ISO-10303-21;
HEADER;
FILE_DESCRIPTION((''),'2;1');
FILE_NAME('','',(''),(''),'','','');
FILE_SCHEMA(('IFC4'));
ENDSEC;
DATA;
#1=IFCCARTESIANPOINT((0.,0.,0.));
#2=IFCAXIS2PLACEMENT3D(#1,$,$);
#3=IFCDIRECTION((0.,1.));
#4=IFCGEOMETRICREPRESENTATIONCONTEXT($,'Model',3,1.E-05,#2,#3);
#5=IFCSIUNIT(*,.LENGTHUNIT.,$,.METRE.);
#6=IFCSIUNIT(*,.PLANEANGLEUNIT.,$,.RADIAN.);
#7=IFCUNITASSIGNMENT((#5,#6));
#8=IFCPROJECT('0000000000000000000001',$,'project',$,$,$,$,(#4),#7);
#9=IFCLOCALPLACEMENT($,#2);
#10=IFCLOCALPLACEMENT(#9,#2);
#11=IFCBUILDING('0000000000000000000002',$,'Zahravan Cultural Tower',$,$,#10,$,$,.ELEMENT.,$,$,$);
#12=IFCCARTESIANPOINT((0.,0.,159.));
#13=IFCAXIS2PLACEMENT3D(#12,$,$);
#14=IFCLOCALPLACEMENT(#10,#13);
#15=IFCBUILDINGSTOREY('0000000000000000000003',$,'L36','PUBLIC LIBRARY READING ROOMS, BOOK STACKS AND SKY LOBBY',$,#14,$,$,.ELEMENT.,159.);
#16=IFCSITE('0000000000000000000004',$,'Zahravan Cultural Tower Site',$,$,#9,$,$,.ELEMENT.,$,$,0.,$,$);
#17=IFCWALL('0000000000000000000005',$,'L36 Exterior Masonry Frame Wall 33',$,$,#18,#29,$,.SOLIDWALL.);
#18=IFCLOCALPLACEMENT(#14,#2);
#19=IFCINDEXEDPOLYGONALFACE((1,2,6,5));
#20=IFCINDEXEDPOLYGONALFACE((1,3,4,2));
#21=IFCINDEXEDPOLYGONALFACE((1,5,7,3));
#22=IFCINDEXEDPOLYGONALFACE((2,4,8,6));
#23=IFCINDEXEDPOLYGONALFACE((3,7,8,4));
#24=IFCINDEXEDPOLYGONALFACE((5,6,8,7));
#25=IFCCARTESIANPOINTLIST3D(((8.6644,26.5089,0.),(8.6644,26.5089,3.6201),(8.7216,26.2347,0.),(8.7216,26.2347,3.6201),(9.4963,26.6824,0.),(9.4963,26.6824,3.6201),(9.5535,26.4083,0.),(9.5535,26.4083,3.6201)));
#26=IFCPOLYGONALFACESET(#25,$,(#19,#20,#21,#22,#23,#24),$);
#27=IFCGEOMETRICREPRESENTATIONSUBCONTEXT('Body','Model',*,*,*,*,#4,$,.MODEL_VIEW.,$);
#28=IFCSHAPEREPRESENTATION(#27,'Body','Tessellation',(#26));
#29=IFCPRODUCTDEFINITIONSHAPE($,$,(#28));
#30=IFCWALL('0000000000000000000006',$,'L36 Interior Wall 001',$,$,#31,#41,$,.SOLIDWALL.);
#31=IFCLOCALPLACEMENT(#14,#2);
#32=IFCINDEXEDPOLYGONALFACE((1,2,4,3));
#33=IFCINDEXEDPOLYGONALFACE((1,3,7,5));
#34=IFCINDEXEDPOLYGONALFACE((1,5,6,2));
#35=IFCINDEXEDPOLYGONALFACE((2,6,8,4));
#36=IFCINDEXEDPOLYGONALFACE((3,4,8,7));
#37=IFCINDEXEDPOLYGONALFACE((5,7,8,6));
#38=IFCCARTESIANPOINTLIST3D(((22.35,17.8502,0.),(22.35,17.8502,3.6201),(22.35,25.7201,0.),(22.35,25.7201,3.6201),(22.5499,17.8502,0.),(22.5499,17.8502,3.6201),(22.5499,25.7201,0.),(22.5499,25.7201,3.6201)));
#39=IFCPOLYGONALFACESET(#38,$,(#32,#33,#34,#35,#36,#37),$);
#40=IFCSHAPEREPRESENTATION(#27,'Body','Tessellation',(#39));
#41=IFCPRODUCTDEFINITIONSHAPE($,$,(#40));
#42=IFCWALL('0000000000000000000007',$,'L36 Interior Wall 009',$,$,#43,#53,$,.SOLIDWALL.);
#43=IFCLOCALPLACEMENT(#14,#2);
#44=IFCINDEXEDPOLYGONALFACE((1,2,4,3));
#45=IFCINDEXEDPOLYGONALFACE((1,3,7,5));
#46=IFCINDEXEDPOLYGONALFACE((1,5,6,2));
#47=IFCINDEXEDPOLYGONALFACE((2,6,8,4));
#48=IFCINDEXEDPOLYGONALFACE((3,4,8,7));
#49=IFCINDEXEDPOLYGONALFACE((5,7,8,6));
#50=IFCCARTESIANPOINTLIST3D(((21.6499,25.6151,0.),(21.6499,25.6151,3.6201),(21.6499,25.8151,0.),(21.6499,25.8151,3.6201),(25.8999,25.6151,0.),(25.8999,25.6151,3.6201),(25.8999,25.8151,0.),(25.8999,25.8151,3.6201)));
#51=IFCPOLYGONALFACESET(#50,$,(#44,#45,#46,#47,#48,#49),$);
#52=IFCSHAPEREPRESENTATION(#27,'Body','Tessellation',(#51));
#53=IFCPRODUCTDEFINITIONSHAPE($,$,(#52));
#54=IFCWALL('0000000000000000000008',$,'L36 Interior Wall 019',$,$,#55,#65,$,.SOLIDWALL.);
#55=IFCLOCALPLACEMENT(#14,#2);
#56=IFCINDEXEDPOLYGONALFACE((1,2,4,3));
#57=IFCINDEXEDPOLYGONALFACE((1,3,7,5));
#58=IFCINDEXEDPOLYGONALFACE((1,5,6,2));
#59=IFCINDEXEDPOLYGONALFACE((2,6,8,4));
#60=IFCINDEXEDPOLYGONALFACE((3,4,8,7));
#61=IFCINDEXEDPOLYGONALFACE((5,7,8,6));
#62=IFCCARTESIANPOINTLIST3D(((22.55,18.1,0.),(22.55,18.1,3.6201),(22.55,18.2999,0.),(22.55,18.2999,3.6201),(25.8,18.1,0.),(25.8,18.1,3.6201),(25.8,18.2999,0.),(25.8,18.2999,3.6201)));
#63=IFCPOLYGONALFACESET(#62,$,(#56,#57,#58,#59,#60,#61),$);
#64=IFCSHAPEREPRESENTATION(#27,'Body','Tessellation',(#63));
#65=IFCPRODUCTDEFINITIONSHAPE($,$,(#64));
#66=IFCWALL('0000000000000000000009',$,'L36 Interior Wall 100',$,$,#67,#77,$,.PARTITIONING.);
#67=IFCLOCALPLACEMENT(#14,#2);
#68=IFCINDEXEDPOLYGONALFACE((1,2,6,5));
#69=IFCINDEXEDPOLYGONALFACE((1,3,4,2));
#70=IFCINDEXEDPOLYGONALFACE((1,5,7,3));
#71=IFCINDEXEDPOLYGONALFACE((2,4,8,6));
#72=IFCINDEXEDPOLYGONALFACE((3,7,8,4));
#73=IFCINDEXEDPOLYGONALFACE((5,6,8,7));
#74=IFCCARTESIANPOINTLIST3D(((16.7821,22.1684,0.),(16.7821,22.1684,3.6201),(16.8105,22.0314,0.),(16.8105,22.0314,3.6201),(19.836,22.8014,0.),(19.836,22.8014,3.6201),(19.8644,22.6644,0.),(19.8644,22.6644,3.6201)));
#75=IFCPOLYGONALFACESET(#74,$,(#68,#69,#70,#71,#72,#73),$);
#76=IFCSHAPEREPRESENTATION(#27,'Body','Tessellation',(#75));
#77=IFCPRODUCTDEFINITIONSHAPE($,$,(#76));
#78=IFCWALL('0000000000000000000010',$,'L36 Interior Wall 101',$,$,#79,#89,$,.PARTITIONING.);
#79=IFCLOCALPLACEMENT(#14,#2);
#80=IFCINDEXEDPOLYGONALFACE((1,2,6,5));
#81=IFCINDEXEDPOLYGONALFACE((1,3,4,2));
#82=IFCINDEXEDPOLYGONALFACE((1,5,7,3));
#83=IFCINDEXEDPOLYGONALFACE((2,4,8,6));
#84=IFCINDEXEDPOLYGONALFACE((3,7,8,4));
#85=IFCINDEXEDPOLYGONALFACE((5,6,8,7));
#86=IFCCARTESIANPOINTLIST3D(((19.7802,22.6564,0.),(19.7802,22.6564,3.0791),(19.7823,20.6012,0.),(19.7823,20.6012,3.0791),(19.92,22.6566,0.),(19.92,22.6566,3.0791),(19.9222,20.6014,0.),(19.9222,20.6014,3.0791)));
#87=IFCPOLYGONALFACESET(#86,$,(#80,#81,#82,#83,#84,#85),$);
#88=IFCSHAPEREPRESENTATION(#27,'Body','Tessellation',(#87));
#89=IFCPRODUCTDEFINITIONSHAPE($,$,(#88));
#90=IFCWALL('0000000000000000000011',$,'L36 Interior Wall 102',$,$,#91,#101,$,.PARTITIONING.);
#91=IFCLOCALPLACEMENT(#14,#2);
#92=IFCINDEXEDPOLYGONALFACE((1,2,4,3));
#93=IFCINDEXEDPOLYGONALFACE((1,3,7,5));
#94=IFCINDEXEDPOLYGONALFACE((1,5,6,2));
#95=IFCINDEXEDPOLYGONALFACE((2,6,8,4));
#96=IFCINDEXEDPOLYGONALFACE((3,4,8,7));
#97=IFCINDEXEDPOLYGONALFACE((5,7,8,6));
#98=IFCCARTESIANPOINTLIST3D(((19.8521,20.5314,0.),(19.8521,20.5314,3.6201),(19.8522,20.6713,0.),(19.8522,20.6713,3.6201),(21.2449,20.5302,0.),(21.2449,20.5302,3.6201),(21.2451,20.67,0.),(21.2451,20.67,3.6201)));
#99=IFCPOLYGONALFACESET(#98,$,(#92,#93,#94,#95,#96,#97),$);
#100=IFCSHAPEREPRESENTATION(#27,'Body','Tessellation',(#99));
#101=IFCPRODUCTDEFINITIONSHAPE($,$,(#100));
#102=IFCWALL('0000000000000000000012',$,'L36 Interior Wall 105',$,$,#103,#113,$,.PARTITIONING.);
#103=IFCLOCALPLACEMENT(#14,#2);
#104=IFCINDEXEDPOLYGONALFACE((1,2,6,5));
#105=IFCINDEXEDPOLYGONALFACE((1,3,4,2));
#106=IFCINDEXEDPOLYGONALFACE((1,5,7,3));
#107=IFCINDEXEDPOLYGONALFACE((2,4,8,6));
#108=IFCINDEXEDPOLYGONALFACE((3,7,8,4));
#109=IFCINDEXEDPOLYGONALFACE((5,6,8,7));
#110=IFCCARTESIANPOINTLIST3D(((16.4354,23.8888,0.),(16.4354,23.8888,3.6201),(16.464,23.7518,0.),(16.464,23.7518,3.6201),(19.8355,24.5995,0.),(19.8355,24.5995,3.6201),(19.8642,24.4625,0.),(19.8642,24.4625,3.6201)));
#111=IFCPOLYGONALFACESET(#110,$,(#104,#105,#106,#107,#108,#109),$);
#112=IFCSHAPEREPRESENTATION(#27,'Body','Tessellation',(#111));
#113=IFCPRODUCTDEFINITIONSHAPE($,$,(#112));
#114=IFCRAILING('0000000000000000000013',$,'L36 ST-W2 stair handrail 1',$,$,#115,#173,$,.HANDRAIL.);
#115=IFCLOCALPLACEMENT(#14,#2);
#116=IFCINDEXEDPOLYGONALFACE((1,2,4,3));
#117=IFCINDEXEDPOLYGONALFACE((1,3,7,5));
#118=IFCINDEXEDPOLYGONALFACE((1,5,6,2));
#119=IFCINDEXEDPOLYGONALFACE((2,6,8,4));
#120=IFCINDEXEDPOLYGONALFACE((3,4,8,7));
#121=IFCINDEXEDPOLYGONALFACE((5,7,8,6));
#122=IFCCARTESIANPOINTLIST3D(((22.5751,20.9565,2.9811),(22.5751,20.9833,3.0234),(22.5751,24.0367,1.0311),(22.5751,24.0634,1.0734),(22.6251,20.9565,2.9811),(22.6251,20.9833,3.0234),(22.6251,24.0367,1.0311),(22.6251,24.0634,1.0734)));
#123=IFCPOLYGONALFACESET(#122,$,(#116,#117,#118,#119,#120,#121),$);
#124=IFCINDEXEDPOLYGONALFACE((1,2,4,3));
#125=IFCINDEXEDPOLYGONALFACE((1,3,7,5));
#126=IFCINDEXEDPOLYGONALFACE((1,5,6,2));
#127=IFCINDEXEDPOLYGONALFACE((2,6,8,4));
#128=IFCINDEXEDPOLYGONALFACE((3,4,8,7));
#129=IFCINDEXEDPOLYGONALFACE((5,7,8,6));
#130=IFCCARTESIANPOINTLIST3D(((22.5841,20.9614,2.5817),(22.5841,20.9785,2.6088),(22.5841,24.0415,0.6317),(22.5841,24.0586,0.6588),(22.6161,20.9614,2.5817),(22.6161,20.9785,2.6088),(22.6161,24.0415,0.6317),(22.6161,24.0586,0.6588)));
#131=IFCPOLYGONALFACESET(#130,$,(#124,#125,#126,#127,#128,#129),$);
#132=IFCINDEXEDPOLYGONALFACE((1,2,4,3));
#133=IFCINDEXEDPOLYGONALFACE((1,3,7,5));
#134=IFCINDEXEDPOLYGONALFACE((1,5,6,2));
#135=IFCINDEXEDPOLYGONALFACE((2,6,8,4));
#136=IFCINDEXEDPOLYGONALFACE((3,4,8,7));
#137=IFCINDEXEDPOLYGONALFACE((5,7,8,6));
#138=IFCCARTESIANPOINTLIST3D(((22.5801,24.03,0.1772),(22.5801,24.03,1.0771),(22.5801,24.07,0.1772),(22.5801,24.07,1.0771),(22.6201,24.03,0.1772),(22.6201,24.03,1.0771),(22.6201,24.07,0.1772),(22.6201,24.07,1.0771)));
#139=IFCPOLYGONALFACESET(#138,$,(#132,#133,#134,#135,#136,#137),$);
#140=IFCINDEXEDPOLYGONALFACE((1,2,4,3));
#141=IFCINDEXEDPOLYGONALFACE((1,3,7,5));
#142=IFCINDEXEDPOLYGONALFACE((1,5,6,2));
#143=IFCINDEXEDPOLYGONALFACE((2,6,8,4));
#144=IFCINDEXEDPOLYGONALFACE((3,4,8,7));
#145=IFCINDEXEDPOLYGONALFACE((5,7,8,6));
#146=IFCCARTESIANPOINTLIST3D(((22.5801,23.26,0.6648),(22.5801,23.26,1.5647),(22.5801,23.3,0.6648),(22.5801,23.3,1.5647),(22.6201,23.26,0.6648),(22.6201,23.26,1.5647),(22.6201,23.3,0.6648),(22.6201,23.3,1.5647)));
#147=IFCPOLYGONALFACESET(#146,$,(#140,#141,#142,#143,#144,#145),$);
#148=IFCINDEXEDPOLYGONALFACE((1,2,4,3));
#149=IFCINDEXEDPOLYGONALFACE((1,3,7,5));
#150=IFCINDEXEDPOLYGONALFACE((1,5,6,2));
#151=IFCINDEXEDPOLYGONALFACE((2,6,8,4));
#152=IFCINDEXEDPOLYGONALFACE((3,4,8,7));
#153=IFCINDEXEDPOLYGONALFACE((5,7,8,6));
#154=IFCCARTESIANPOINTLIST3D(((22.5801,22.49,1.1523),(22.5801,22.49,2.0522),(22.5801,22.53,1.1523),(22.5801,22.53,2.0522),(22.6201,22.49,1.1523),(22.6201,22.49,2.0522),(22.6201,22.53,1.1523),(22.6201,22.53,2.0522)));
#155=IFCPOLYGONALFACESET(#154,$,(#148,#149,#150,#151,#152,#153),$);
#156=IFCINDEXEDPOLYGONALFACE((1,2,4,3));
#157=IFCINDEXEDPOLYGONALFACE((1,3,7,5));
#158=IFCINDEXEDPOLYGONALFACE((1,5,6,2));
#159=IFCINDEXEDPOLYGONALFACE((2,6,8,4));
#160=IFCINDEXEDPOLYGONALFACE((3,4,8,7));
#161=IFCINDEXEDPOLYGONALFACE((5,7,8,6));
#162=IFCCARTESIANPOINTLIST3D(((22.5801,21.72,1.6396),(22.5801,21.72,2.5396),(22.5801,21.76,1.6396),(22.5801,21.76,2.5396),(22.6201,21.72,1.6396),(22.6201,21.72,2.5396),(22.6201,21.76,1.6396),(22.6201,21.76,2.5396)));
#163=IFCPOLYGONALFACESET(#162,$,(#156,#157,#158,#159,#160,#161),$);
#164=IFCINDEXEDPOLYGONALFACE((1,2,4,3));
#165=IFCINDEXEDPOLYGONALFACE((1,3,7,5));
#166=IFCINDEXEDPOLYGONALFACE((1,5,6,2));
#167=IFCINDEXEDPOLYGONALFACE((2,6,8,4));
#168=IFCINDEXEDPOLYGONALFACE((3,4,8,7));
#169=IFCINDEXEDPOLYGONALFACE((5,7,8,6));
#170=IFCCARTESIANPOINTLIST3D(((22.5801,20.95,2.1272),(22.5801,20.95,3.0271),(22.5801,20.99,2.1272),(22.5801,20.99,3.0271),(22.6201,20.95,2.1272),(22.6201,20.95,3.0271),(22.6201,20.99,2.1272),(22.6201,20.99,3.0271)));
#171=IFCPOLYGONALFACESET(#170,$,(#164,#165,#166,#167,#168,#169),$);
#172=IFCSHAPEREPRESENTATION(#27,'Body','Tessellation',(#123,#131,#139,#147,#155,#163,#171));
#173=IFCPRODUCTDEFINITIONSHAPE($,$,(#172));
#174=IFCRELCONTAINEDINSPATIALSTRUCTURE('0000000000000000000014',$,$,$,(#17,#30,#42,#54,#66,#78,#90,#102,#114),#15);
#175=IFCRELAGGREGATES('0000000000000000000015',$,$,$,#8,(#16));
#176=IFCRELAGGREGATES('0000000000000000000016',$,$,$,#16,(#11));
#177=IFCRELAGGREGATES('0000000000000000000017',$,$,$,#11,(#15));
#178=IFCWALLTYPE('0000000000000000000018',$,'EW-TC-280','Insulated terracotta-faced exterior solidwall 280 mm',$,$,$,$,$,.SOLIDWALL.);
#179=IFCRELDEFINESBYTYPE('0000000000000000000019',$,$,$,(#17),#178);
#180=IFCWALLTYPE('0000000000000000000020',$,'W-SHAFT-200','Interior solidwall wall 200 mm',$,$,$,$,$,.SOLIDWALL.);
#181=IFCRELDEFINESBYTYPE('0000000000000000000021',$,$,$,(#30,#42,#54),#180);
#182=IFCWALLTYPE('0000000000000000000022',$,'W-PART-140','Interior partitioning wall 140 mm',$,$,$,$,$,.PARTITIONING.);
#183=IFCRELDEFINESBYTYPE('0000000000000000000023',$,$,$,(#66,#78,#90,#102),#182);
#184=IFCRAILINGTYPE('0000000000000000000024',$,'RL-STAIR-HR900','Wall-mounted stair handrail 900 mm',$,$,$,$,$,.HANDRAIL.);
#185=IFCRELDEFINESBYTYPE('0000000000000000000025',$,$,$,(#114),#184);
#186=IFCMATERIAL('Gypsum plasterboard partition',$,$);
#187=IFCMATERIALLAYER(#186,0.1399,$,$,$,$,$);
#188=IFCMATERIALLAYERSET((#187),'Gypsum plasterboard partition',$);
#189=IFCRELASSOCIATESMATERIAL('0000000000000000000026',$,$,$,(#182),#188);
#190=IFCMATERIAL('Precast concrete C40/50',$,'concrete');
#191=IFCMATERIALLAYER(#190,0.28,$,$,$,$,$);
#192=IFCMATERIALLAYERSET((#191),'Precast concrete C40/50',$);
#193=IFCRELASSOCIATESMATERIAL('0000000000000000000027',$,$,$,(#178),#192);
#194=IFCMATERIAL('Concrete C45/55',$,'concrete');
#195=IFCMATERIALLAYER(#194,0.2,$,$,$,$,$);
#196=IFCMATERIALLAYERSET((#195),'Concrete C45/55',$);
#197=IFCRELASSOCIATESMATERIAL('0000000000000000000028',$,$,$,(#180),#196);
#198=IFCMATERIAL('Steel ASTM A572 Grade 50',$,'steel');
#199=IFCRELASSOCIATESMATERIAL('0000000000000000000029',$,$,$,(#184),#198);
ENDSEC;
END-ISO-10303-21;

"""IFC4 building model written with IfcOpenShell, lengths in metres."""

from ifc_helpers import new_model, si_unit, direction, frame, frame_2d, origin, origin_2d, place, context, subcontext, project, spatial, rectangle, extrude, source, transform, mapped, material, layer, layer_set, type_object, element, save


model = new_model("IFC4")

# Units and contexts
model_context = context("Model", 3, precision=1e-05, world=origin(), true_north=direction((0.0, 1.0)))
body_context = subcontext(model_context, "Body", "Model", "MODEL_VIEW")
ifc_project = project(units=[si_unit("LENGTHUNIT", "METRE"), si_unit("PLANEANGLEUNIT", "RADIAN")], contexts=[model_context])

# Site, building, storey
site_placement = place(None, origin())
site = spatial("IfcSite", under=ifc_project, at=site_placement, Name="Zahravan Cultural Tower Site", CompositionType="ELEMENT", RefElevation=0.0)
building_placement = place(site_placement, origin())
building = spatial("IfcBuilding", under=site, at=building_placement, Name="Zahravan Cultural Tower", CompositionType="ELEMENT")
storey_placement = place(building_placement, frame((0.0, 0.0, 159.0)))
storey = spatial("IfcBuildingStorey", under=building, at=storey_placement, Name="L36", Description="PUBLIC LIBRARY READING ROOMS, BOOK STACKS AND SKY LOBBY", CompositionType="ELEMENT", Elevation=159.0)

# Shared definitions
ifc_material_1 = material(Name="Gypsum plasterboard partition")
ifc_layer_1 = layer(ifc_material_1, 0.1399)
ifc_layer_set_1 = layer_set([ifc_layer_1], Name="Gypsum plasterboard partition")
wall_type_1 = type_object("IfcWallType", Name="W-PART-140", Description="Interior partitioning wall 140 mm", PredefinedType="PARTITIONING", material=ifc_layer_set_1)

# Walls
ifc_material_2 = material(Name="Precast concrete C40/50", Category="concrete")
ifc_layer_2 = layer(ifc_material_2, 0.28)
ifc_layer_set_2 = layer_set([ifc_layer_2], Name="Precast concrete C40/50")
wall_type_2 = type_object("IfcWallType", Name="EW-TC-280", Description="Insulated terracotta-faced exterior solidwall 280 mm", PredefinedType="SOLIDWALL", material=ifc_layer_set_2)
shared_shape_1 = source(origin(), body_context, "Body", "SweptSolid", [
    extrude(rectangle(XDim=0.8499, YDim=0.28, at=frame_2d((0.4248, 0.0))), origin(), (0.0, 0.0, 1.0), 3.6201),
])
wall_1_placement = place(storey_placement, frame((8.6931, 26.3718, 0.0), z_axis=(0.0, 0.0, 1.0), x_axis=(0.978923, 0.20423, 0.0)))
element("IfcWall", 1, at=wall_1_placement, inside=storey, type_object=wall_type_2, Name="L36 Exterior Masonry Frame Wall 33", PredefinedType="SOLIDWALL", context=body_context, shape_type="MappedRepresentation", body=[
    mapped(shared_shape_1, transform((0.0, 0.0, 0.0), x_axis=(1.0, 0.0, 0.0), y_axis=(0.0, 1.0, 0.0), z_axis=(0.0, 0.0, 1.0), scale=1.0)),
])
ifc_material_3 = material(Name="Concrete C45/55", Category="concrete")
ifc_layer_3 = layer(ifc_material_3, 0.2)
ifc_layer_set_3 = layer_set([ifc_layer_3], Name="Concrete C45/55")
wall_type_3 = type_object("IfcWallType", Name="W-SHAFT-200", Description="Interior solidwall wall 200 mm", PredefinedType="SOLIDWALL", material=ifc_layer_set_3)
shared_shape_2 = source(origin(), body_context, "Body", "SweptSolid", [
    extrude(rectangle(XDim=7.8699, YDim=0.2, at=frame_2d((3.9351, 0.0))), origin(), (0.0, 0.0, 1.0), 3.6201),
])
wall_2_placement = place(storey_placement, frame((22.45, 17.8501, 0.0), z_axis=(0.0, 0.0, 1.0), x_axis=(0.0, 1.0, 0.0)))
element("IfcWall", 2, at=wall_2_placement, inside=storey, type_object=wall_type_3, Name="L36 Interior Wall 001", PredefinedType="SOLIDWALL", context=body_context, shape_type="MappedRepresentation", body=[
    mapped(shared_shape_2, transform((0.0, 0.0, 0.0), x_axis=(1.0, 0.0, 0.0), y_axis=(0.0, 1.0, 0.0), z_axis=(0.0, 0.0, 1.0), scale=1.0)),
])
shared_shape_3 = source(origin(), body_context, "Body", "SweptSolid", [
    extrude(rectangle(XDim=4.25, YDim=0.2, at=frame_2d((2.125, 0.0))), origin(), (0.0, 0.0, 1.0), 3.6201),
])
wall_3_placement = place(storey_placement, frame((21.6499, 25.7151, 0.0), z_axis=(0.0, 0.0, 1.0), x_axis=(1.0, 0.0, 0.0)))
element("IfcWall", 3, at=wall_3_placement, inside=storey, type_object=wall_type_3, Name="L36 Interior Wall 009", PredefinedType="SOLIDWALL", context=body_context, shape_type="MappedRepresentation", body=[
    mapped(shared_shape_3, transform((0.0, 0.0, 0.0), x_axis=(1.0, 0.0, 0.0), y_axis=(0.0, 1.0, 0.0), z_axis=(0.0, 0.0, 1.0), scale=1.0)),
])
shared_shape_4 = source(origin(), body_context, "Body", "SweptSolid", [
    extrude(rectangle(XDim=3.25, YDim=0.2, at=frame_2d((1.625, 0.0))), origin(), (0.0, 0.0, 1.0), 3.6201),
])
wall_4_placement = place(storey_placement, frame((22.55, 18.2, 0.0), z_axis=(0.0, 0.0, 1.0), x_axis=(1.0, 0.0, 0.0)))
element("IfcWall", 4, at=wall_4_placement, inside=storey, type_object=wall_type_3, Name="L36 Interior Wall 019", PredefinedType="SOLIDWALL", context=body_context, shape_type="MappedRepresentation", body=[
    mapped(shared_shape_4, transform((0.0, 0.0, 0.0), x_axis=(1.0, 0.0, 0.0), y_axis=(0.0, 1.0, 0.0), z_axis=(0.0, 0.0, 1.0), scale=1.0)),
])
shared_shape_5 = source(origin(), body_context, "Body", "SweptSolid", [
    extrude(rectangle(XDim=3.1189, YDim=0.1399, at=frame_2d((1.5596, 0.0))), origin(), (0.0, 0.0, 1.0), 3.6201),
])
wall_5_placement = place(storey_placement, frame((16.7961, 22.0999, 0.0), z_axis=(0.0, 0.0, 1.0), x_axis=(0.979184, 0.202976, 0.0)))
element("IfcWall", 5, at=wall_5_placement, inside=storey, type_object=wall_type_1, Name="L36 Interior Wall 100", PredefinedType="PARTITIONING", context=body_context, shape_type="MappedRepresentation", body=[
    mapped(shared_shape_5, transform((0.0, 0.0, 0.0), x_axis=(1.0, 0.0, 0.0), y_axis=(0.0, 1.0, 0.0), z_axis=(0.0, 0.0, 1.0), scale=1.0)),
])
shared_shape_6 = source(origin(), body_context, "Body", "SweptSolid", [
    extrude(rectangle(XDim=2.0552, YDim=0.1399, at=frame_2d((1.0276, 0.0))), origin(), (0.0, 0.0, 1.0), 3.0791),
])
wall_6_placement = place(storey_placement, frame((19.8501, 22.6565, 0.0), z_axis=(0.0, 0.0, 1.0), x_axis=(0.001069, -0.999999, 0.0)))
element("IfcWall", 6, at=wall_6_placement, inside=storey, type_object=wall_type_1, Name="L36 Interior Wall 101", PredefinedType="PARTITIONING", context=body_context, shape_type="MappedRepresentation", body=[
    mapped(shared_shape_6, transform((0.0, 0.0, 0.0), x_axis=(1.0, 0.0, 0.0), y_axis=(0.0, 1.0, 0.0), z_axis=(0.0, 0.0, 1.0), scale=1.0)),
])
shared_shape_7 = source(origin(), body_context, "Body", "SweptSolid", [
    extrude(rectangle(XDim=1.3928, YDim=0.1399, at=frame_2d((0.6963, 0.0))), origin(), (0.0, 0.0, 1.0), 3.6201),
])
wall_7_placement = place(storey_placement, frame((19.8523, 20.6013, 0.0), z_axis=(0.0, 0.0, 1.0), x_axis=(1.0, -0.000876, 0.0)))
element("IfcWall", 7, at=wall_7_placement, inside=storey, type_object=wall_type_1, Name="L36 Interior Wall 102", PredefinedType="PARTITIONING", context=body_context, shape_type="MappedRepresentation", body=[
    mapped(shared_shape_7, transform((0.0, 0.0, 0.0), x_axis=(1.0, 0.0, 0.0), y_axis=(0.0, 1.0, 0.0), z_axis=(0.0, 0.0, 1.0), scale=1.0)),
])
shared_shape_8 = source(origin(), body_context, "Body", "SweptSolid", [
    extrude(rectangle(XDim=3.4736, YDim=0.1399, at=frame_2d((1.7368, 0.0))), origin(), (0.0, 0.0, 1.0), 3.6201),
])
wall_8_placement = place(storey_placement, frame((19.8499, 24.531, 0.0), z_axis=(0.0, 0.0, 1.0), x_axis=(-0.978846, -0.204597, 0.0)))
element("IfcWall", 8, at=wall_8_placement, inside=storey, type_object=wall_type_1, Name="L36 Interior Wall 105", PredefinedType="PARTITIONING", context=body_context, shape_type="MappedRepresentation", body=[
    mapped(shared_shape_8, transform((0.0, 0.0, 0.0), x_axis=(1.0, 0.0, 0.0), y_axis=(0.0, 1.0, 0.0), z_axis=(0.0, 0.0, 1.0), scale=1.0)),
])

# Railing
ifc_material_4 = material(Name="Steel ASTM A572 Grade 50", Category="steel")
railing_type = type_object("IfcRailingType", Name="RL-STAIR-HR900", Description="Wall-mounted stair handrail 900 mm", PredefinedType="HANDRAIL", material=ifc_material_4)
railing_placement = place(storey_placement, frame((22.6001, 24.05, 0.1772)))
element("IfcRailing", 9, at=railing_placement, inside=storey, type_object=railing_type, Name="L36 ST-W2 stair handrail 1", PredefinedType="HANDRAIL", context=body_context, shape_type="SweptSolid", body=[
    extrude(rectangle(XDim=0.05, YDim=0.05, at=origin_2d()), frame((0.0, 0.0, 0.875), z_axis=(0.0, -0.844914, 0.534902), x_axis=(1.0, 0.0, 0.0)), (0.0, 0.0, 1.0), 3.6455),
    extrude(rectangle(XDim=0.032, YDim=0.032, at=origin_2d()), frame((0.0, 0.0, 0.468), z_axis=(0.0, -0.844914, 0.534902), x_axis=(1.0, 0.0, 0.0)), (0.0, 0.0, 1.0), 3.6455),
    extrude(rectangle(XDim=0.04, YDim=0.04, at=origin_2d()), origin(), (0.0, 0.0, 1.0), 0.8999),
    extrude(rectangle(XDim=0.04, YDim=0.04, at=origin_2d()), frame((0.0, -0.77, 0.4875)), (0.0, 0.0, 1.0), 0.8999),
    extrude(rectangle(XDim=0.04, YDim=0.04, at=origin_2d()), frame((0.0, -1.54, 0.9751)), (0.0, 0.0, 1.0), 0.8999),
    extrude(rectangle(XDim=0.04, YDim=0.04, at=origin_2d()), frame((0.0, -2.3101, 1.4624)), (0.0, 0.0, 1.0), 0.8999),
    extrude(rectangle(XDim=0.04, YDim=0.04, at=origin_2d()), frame((0.0, -3.0801, 1.95)), (0.0, 0.0, 1.0), 0.8999),
])

save(model, "model.ifc")
